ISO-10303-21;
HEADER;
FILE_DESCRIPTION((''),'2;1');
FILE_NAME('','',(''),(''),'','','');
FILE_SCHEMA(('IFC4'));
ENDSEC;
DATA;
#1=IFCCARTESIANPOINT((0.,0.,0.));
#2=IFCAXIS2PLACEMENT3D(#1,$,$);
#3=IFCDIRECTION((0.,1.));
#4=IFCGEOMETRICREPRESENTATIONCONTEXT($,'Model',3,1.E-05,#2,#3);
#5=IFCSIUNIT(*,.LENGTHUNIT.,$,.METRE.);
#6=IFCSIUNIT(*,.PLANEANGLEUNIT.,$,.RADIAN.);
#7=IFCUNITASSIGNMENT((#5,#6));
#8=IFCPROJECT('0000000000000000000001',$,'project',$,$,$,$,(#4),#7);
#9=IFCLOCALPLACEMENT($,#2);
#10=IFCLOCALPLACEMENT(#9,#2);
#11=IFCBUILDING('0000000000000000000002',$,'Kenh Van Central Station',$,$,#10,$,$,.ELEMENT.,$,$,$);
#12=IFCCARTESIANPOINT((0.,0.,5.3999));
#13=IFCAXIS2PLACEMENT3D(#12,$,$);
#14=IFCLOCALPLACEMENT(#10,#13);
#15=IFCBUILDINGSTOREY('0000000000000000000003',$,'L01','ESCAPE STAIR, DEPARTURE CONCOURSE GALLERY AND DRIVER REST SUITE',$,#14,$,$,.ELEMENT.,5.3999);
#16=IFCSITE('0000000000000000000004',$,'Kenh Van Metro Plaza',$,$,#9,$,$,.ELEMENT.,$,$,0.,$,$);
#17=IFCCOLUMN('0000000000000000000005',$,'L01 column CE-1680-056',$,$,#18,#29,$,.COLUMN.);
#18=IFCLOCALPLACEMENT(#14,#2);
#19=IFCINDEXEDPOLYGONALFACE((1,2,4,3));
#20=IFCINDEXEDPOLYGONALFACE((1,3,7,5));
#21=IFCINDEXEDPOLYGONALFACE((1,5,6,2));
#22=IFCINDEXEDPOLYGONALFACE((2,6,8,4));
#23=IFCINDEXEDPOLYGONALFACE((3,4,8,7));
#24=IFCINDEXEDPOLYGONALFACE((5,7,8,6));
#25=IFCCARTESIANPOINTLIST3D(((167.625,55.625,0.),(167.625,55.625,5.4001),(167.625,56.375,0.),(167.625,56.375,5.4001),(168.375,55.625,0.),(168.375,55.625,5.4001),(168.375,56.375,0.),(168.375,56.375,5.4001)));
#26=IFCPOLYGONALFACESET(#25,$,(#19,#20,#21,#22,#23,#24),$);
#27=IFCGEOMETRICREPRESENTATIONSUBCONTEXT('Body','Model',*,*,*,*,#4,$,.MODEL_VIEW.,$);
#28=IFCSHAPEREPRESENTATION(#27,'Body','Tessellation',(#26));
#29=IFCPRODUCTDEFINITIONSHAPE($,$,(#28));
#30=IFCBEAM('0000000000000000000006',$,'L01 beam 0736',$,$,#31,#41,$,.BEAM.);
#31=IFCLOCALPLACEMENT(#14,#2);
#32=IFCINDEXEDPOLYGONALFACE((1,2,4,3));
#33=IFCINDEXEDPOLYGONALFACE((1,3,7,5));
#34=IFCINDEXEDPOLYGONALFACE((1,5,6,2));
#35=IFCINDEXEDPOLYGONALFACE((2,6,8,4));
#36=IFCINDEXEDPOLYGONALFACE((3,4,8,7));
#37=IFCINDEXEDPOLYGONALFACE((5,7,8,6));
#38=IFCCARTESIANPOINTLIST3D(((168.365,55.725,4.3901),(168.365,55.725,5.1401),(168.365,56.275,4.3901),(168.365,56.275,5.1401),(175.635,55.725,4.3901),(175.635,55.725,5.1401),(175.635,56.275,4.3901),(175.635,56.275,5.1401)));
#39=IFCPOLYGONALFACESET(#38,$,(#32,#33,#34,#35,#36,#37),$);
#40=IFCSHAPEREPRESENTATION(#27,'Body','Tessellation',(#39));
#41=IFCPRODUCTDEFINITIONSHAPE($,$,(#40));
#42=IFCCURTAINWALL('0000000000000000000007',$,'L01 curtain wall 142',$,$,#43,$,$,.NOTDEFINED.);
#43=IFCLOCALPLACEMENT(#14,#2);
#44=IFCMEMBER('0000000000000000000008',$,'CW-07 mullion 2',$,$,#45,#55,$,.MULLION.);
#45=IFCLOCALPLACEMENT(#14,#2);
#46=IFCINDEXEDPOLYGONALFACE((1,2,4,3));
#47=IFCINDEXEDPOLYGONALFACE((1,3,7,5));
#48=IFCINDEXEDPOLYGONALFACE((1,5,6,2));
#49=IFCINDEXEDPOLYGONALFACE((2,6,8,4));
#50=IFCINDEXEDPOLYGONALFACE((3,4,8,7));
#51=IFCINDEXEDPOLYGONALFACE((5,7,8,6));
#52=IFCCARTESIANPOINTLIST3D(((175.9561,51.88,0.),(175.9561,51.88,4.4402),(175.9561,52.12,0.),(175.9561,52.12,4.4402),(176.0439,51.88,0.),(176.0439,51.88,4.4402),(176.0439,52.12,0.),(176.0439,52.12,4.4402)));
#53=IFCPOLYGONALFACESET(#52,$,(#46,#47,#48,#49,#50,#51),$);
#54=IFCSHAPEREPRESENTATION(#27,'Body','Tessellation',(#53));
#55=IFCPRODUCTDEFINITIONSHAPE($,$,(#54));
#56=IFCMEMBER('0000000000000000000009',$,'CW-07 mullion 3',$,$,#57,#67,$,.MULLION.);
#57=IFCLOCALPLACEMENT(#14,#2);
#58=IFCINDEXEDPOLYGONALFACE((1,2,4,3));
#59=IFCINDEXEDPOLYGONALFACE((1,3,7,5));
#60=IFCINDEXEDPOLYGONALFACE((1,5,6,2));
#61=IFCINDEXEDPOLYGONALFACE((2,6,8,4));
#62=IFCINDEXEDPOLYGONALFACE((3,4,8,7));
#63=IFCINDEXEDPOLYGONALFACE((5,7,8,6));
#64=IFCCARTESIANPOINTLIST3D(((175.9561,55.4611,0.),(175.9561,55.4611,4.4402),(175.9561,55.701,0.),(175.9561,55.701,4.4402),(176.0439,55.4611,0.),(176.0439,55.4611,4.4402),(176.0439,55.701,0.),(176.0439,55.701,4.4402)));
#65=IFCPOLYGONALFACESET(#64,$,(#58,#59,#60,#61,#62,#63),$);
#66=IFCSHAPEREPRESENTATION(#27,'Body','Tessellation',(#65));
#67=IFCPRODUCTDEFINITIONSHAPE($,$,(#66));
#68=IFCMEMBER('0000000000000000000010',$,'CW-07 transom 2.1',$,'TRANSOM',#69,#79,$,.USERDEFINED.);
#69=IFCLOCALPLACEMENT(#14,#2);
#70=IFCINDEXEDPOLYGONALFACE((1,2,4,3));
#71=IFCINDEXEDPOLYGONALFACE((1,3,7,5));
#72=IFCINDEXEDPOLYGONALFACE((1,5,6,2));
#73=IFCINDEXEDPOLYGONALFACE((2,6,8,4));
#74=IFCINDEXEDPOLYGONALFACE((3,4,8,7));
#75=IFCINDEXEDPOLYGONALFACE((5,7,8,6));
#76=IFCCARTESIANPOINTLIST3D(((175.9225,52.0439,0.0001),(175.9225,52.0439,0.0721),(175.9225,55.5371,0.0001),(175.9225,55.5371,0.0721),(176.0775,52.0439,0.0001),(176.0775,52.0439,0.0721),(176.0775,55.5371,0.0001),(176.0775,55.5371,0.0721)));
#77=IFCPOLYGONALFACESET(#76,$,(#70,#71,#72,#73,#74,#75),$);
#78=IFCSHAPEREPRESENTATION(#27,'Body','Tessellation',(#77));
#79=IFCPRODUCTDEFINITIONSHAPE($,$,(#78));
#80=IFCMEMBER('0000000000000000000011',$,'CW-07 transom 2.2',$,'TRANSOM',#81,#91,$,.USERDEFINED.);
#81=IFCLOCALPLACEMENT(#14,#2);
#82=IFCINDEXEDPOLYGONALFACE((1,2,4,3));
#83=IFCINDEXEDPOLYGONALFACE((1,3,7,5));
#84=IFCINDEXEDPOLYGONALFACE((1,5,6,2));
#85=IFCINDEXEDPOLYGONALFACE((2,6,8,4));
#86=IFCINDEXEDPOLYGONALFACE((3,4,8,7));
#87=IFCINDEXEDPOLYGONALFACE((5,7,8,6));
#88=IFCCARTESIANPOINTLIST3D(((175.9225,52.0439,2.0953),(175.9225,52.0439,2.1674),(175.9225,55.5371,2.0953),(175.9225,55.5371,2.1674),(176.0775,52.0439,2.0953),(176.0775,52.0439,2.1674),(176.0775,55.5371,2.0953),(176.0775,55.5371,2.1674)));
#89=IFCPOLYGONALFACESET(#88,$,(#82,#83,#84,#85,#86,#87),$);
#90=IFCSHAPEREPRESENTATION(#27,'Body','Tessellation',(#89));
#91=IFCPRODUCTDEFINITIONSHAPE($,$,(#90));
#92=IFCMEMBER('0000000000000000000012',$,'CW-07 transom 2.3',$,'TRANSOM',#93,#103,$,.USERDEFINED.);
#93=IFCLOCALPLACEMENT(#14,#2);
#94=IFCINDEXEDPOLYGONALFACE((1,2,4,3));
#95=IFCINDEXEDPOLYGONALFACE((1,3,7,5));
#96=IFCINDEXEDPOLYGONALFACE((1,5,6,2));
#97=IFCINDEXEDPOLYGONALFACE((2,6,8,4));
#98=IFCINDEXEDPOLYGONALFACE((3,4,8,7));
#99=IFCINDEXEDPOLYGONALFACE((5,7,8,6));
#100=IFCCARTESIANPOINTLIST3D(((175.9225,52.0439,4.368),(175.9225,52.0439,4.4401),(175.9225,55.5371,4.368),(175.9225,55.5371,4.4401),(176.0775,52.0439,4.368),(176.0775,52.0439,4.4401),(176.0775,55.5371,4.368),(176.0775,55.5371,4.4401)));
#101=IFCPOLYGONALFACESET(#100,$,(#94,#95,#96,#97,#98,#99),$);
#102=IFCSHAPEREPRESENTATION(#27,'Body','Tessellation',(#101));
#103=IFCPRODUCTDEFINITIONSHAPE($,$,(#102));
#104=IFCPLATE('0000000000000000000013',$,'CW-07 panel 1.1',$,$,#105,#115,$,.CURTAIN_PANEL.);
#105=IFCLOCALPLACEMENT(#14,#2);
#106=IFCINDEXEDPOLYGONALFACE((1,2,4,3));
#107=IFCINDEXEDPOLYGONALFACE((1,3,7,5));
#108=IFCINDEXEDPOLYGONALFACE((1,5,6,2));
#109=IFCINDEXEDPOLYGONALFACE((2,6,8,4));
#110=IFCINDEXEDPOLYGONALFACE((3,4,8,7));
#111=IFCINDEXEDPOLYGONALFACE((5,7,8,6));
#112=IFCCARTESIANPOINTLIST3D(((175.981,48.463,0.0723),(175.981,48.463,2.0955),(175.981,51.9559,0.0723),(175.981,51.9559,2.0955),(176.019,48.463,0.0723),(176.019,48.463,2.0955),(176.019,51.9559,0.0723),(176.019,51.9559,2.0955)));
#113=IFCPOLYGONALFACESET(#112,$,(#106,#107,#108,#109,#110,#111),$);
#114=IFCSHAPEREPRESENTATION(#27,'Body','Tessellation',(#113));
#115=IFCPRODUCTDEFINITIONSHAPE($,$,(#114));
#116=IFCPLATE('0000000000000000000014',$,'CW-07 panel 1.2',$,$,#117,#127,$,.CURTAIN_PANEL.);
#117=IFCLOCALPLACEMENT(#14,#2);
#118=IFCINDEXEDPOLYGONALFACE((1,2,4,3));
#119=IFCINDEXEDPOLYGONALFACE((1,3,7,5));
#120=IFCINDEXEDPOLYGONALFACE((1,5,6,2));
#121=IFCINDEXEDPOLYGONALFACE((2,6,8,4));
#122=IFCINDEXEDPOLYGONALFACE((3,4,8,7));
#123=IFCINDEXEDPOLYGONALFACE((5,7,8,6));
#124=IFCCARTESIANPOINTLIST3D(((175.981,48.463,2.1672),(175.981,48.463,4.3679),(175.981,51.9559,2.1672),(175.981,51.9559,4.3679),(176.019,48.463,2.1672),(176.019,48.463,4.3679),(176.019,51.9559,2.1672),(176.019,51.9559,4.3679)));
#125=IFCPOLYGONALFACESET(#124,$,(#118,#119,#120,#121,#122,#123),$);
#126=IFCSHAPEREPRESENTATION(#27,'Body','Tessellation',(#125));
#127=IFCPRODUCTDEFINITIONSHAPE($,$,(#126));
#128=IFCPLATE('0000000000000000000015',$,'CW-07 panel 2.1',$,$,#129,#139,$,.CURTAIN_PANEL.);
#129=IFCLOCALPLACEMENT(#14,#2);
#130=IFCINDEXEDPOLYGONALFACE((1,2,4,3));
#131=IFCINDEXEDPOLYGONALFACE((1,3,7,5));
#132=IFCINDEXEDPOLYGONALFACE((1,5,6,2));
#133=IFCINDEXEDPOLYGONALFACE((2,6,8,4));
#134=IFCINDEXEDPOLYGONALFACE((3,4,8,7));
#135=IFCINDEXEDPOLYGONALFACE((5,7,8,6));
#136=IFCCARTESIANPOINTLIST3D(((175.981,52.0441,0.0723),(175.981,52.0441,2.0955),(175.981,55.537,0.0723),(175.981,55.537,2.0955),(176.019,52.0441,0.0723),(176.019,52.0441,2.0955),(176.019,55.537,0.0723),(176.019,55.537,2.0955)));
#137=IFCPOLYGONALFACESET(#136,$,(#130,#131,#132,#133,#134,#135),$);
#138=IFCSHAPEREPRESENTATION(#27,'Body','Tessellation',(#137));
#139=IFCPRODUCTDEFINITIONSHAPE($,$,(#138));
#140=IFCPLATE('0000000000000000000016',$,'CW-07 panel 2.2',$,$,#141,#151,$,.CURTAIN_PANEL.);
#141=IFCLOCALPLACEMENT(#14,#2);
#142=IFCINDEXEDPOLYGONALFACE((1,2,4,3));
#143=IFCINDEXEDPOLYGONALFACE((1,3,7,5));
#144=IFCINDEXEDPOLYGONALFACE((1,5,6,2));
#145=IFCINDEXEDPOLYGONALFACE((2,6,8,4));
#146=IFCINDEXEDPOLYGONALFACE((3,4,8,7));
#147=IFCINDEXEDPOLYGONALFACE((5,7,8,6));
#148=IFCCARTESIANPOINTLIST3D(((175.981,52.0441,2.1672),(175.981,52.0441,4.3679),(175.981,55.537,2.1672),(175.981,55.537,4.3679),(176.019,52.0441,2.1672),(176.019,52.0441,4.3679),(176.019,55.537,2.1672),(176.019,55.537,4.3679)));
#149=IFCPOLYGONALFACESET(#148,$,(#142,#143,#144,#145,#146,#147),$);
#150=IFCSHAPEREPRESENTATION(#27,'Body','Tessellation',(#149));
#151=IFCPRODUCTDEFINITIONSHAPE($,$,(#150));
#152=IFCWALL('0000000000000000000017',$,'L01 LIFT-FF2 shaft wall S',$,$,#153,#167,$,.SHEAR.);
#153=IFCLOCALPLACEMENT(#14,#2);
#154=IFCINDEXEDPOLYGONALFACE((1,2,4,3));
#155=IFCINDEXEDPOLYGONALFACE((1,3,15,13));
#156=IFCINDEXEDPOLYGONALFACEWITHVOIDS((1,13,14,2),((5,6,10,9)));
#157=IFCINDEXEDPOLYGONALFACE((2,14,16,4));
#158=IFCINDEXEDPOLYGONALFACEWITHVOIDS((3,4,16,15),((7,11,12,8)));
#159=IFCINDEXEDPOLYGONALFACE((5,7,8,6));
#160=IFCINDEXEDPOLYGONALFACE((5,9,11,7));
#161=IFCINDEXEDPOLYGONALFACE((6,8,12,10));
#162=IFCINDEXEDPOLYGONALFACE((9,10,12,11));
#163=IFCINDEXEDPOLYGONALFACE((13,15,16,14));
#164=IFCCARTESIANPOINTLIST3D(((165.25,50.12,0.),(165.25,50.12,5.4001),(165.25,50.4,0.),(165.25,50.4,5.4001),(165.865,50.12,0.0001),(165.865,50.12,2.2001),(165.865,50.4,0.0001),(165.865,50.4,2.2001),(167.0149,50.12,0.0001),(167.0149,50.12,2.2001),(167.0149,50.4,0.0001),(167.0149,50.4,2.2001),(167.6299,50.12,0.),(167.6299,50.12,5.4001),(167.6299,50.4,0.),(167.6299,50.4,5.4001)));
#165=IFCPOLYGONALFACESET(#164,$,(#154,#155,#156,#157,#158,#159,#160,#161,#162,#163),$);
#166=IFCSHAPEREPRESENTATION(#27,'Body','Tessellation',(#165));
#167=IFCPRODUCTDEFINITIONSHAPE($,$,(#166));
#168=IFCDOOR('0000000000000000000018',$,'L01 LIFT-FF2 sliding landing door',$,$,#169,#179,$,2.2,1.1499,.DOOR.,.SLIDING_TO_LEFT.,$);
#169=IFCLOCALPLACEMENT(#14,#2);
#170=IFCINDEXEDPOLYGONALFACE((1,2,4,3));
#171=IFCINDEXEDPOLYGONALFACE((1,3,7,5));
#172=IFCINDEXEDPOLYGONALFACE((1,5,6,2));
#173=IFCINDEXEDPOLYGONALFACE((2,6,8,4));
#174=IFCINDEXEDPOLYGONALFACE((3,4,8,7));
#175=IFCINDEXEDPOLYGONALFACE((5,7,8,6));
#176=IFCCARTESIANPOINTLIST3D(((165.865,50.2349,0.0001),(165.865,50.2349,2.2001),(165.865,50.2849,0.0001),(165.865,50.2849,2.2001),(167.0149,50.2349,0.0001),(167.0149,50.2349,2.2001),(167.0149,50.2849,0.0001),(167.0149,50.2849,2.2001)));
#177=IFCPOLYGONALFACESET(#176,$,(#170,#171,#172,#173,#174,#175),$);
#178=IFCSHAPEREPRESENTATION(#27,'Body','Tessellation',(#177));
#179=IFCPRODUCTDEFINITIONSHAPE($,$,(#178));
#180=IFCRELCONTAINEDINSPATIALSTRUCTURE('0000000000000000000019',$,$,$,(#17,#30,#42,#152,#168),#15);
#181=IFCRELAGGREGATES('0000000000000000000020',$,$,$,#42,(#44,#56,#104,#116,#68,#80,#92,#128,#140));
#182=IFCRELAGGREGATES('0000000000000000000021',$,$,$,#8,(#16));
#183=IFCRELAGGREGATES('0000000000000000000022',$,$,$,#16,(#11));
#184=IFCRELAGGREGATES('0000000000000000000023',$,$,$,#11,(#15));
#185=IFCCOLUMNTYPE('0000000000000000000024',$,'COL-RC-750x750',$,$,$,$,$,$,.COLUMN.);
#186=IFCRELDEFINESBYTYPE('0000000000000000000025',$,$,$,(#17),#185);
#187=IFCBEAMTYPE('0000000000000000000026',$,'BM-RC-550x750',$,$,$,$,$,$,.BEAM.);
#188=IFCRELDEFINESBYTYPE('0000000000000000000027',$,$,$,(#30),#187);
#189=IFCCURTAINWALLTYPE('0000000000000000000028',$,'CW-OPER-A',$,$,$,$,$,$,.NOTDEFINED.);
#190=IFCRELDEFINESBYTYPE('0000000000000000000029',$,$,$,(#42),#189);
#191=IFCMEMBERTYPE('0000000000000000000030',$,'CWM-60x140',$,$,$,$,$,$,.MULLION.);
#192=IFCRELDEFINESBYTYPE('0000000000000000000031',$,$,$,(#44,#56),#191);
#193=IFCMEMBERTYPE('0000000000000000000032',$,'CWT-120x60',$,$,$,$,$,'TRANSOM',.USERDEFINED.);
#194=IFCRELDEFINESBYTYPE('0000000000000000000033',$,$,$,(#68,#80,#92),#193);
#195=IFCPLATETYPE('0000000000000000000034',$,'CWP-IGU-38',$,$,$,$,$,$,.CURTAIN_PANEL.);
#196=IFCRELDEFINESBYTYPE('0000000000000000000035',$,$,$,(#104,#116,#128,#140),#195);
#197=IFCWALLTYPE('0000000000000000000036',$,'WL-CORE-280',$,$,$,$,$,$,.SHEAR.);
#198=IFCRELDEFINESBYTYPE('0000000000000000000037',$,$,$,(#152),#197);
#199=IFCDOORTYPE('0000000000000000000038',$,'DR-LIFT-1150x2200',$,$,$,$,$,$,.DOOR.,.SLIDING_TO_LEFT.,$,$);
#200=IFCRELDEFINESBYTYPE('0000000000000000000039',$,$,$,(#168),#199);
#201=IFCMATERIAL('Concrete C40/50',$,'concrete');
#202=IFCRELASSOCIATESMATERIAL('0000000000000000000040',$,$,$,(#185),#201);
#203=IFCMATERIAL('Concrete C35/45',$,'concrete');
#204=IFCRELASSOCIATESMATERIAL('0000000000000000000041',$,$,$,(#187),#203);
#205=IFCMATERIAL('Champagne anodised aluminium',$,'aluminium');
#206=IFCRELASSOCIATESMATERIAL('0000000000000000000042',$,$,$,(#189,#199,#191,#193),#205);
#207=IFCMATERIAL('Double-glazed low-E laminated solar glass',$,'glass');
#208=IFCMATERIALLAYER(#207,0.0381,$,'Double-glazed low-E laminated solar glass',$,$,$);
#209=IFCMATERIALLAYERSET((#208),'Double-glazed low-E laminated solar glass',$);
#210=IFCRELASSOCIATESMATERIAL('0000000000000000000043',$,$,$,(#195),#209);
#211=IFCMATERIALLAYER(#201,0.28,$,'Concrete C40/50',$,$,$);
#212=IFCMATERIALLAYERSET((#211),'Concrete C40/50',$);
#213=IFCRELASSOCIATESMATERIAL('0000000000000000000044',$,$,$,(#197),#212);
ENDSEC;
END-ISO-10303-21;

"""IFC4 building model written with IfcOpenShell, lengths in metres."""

from ifc_helpers import new_model, si_unit, direction, frame, frame_2d, origin, origin_2d, place, context, subcontext, project, spatial, rectangle, extrude, material, layer, layer_set, material_profile, profile_set, type_object, element, fill, aggregate, save


model = new_model("IFC4")

# Units and contexts
model_context = context("Model", 3, precision=1e-05, world=origin(), true_north=direction((0.0, 1.0)))
body_context = subcontext(model_context, "Body", "Model", "MODEL_VIEW")
ifc_project = project(units=[si_unit("LENGTHUNIT", "METRE"), si_unit("PLANEANGLEUNIT", "RADIAN")], contexts=[model_context])

# Site, building, storey
site_placement = place(None, origin())
site = spatial("IfcSite", under=ifc_project, at=site_placement, Name="Kenh Van Metro Plaza", CompositionType="ELEMENT", RefElevation=0.0)
building_placement = place(site_placement, origin())
building = spatial("IfcBuilding", under=site, at=building_placement, Name="Kenh Van Central Station", CompositionType="ELEMENT")
storey_placement = place(building_placement, frame((0.0, 0.0, 5.3999)))
storey = spatial("IfcBuildingStorey", under=building, at=storey_placement, Name="L01", Description="ESCAPE STAIR, DEPARTURE CONCOURSE GALLERY AND DRIVER REST SUITE", CompositionType="ELEMENT", Elevation=5.3999)

# Column
ifc_material_1 = material(Name="Concrete C40/50", Category="concrete")
ifc_material_profile_1 = material_profile(ifc_material_1, rectangle(XDim=0.75, YDim=0.75, at=origin_2d()), Name="RC 750x750")
ifc_profile_set_1 = profile_set([ifc_material_profile_1], Name="Concrete C40/50")
column_type = type_object("IfcColumnType", Name="COL-RC-750x750", PredefinedType="COLUMN", material=ifc_profile_set_1)
column_placement = place(storey_placement, frame((168.0, 56.0, 0.0), z_axis=(0.0, 0.0, 1.0), x_axis=(1.0, 0.0, 0.0)))
element("IfcColumn", 1, at=column_placement, inside=storey, type_object=column_type, Name="L01 column CE-1680-056", PredefinedType="COLUMN", context=body_context, shape_type="SweptSolid", body=[
    extrude(rectangle(XDim=0.75, YDim=0.75, at=origin_2d()), origin(), (0.0, 0.0, 1.0), 5.4001),
])

# Beam
ifc_material_2 = material(Name="Concrete C35/45", Category="concrete")
ifc_material_profile_2 = material_profile(ifc_material_2, rectangle(XDim=0.55, YDim=0.75, at=origin_2d()), Name="RC 550x750")
ifc_profile_set_2 = profile_set([ifc_material_profile_2], Name="Concrete C35/45")
beam_type = type_object("IfcBeamType", Name="BM-RC-550x750", PredefinedType="BEAM", material=ifc_profile_set_2)
beam_placement = place(storey_placement, frame((168.365, 56.0, 4.7651), z_axis=(1.0, 0.0, 0.0), x_axis=(0.0, 1.0, 0.0)))
element("IfcBeam", 2, at=beam_placement, inside=storey, type_object=beam_type, Name="L01 beam 0736", PredefinedType="BEAM", context=body_context, shape_type="SweptSolid", body=[
    extrude(rectangle(XDim=0.55, YDim=0.75, at=origin_2d()), origin(), (0.0, 0.0, 1.0), 7.27),
])

# Curtain wall, members, plates
ifc_material_3 = material(Name="Champagne anodised aluminium", Category="aluminium")
curtain_wall_type = type_object("IfcCurtainWallType", Name="CW-OPER-A", PredefinedType="NOTDEFINED", material=ifc_material_3)
curtain_wall_placement = place(storey_placement, origin())
curtain_wall = element("IfcCurtainWall", 3, at=curtain_wall_placement, inside=storey, type_object=curtain_wall_type, Name="L01 curtain wall 142", PredefinedType="NOTDEFINED")
ifc_material_profile_3 = material_profile(ifc_material_3, rectangle(XDim=0.0879, YDim=0.24, at=origin_2d()), Name="AL 88x240")
ifc_profile_set_3 = profile_set([ifc_material_profile_3], Name="Champagne anodised aluminium")
member_type_1 = type_object("IfcMemberType", Name="CWM-60x140", PredefinedType="MULLION", material=ifc_profile_set_3)
member_1_placement = place(storey_placement, frame((176.0, 52.0, 0.0), z_axis=(0.0, 0.0, 1.0), x_axis=(-1.0, 0.0, 0.0)))
member_1 = element("IfcMember", 4, at=member_1_placement, type_object=member_type_1, Name="CW-07 mullion 2", PredefinedType="MULLION", context=body_context, shape_type="SweptSolid", body=[
    extrude(rectangle(XDim=0.0879, YDim=0.24, at=origin_2d()), origin(), (0.0, 0.0, 1.0), 4.4402),
])
member_2_placement = place(storey_placement, frame((176.0, 55.5811, 0.0), z_axis=(0.0, 0.0, 1.0), x_axis=(-1.0, 0.0, 0.0)))
member_2 = element("IfcMember", 5, at=member_2_placement, type_object=member_type_1, Name="CW-07 mullion 3", PredefinedType="MULLION", context=body_context, shape_type="SweptSolid", body=[
    extrude(rectangle(XDim=0.0879, YDim=0.24, at=origin_2d()), origin(), (0.0, 0.0, 1.0), 4.4402),
])
ifc_material_profile_4 = material_profile(ifc_material_3, rectangle(XDim=0.155, YDim=0.072, at=origin_2d()), Name="AL 155x72")
ifc_profile_set_4 = profile_set([ifc_material_profile_4], Name="Champagne anodised aluminium")
member_type_2 = type_object("IfcMemberType", Name="CWT-120x60", ElementType="TRANSOM", PredefinedType="USERDEFINED", material=ifc_profile_set_4)
member_3_placement = place(storey_placement, frame((176.0, 52.0439, 0.0361), z_axis=(0.0, 1.0, 0.0), x_axis=(-1.0, 0.0, 0.0)))
member_3 = element("IfcMember", 6, at=member_3_placement, type_object=member_type_2, Name="CW-07 transom 2.1", ObjectType="TRANSOM", PredefinedType="USERDEFINED", context=body_context, shape_type="SweptSolid", body=[
    extrude(rectangle(XDim=0.155, YDim=0.072, at=origin_2d()), origin(), (0.0, 0.0, 1.0), 3.4932),
])
member_4_placement = place(storey_placement, frame((176.0, 52.0439, 2.1313), z_axis=(0.0, 1.0, 0.0), x_axis=(-1.0, 0.0, 0.0)))
member_4 = element("IfcMember", 7, at=member_4_placement, type_object=member_type_2, Name="CW-07 transom 2.2", ObjectType="TRANSOM", PredefinedType="USERDEFINED", context=body_context, shape_type="SweptSolid", body=[
    extrude(rectangle(XDim=0.155, YDim=0.072, at=origin_2d()), origin(), (0.0, 0.0, 1.0), 3.4932),
])
member_5_placement = place(storey_placement, frame((176.0, 52.0439, 4.4041), z_axis=(0.0, 1.0, 0.0), x_axis=(-1.0, 0.0, 0.0)))
member_5 = element("IfcMember", 8, at=member_5_placement, type_object=member_type_2, Name="CW-07 transom 2.3", ObjectType="TRANSOM", PredefinedType="USERDEFINED", context=body_context, shape_type="SweptSolid", body=[
    extrude(rectangle(XDim=0.155, YDim=0.072, at=origin_2d()), origin(), (0.0, 0.0, 1.0), 3.4932),
])
ifc_material_4 = material(Name="Double-glazed low-E laminated solar glass", Category="glass")
ifc_layer_1 = layer(ifc_material_4, 0.0381, Name="Double-glazed low-E laminated solar glass")
ifc_layer_set_1 = layer_set([ifc_layer_1], Name="Double-glazed low-E laminated solar glass")
plate_type = type_object("IfcPlateType", Name="CWP-IGU-38", PredefinedType="CURTAIN_PANEL", material=ifc_layer_set_1)
plate_1_placement = place(storey_placement, frame((176.0, 50.2095, 0.0723), z_axis=(0.0, 0.0, 1.0), x_axis=(0.0, 1.0, 0.0)))
plate_1 = element("IfcPlate", 9, at=plate_1_placement, type_object=plate_type, Name="CW-07 panel 1.1", PredefinedType="CURTAIN_PANEL", context=body_context, shape_type="SweptSolid", body=[
    extrude(rectangle(XDim=3.4929, YDim=0.0381, at=origin_2d()), origin(), (0.0, 0.0, 1.0), 2.0232),
])
plate_2_placement = place(storey_placement, frame((176.0, 50.2095, 2.1672), z_axis=(0.0, 0.0, 1.0), x_axis=(0.0, 1.0, 0.0)))
plate_2 = element("IfcPlate", 10, at=plate_2_placement, type_object=plate_type, Name="CW-07 panel 1.2", PredefinedType="CURTAIN_PANEL", context=body_context, shape_type="SweptSolid", body=[
    extrude(rectangle(XDim=3.4929, YDim=0.0381, at=origin_2d()), origin(), (0.0, 0.0, 1.0), 2.2007),
])
plate_3_placement = place(storey_placement, frame((176.0, 53.7905, 0.0723), z_axis=(0.0, 0.0, 1.0), x_axis=(0.0, 1.0, 0.0)))
plate_3 = element("IfcPlate", 11, at=plate_3_placement, type_object=plate_type, Name="CW-07 panel 2.1", PredefinedType="CURTAIN_PANEL", context=body_context, shape_type="SweptSolid", body=[
    extrude(rectangle(XDim=3.4929, YDim=0.0381, at=origin_2d()), origin(), (0.0, 0.0, 1.0), 2.0232),
])
plate_4_placement = place(storey_placement, frame((176.0, 53.7905, 2.1672), z_axis=(0.0, 0.0, 1.0), x_axis=(0.0, 1.0, 0.0)))
plate_4 = element("IfcPlate", 12, at=plate_4_placement, type_object=plate_type, Name="CW-07 panel 2.2", PredefinedType="CURTAIN_PANEL", context=body_context, shape_type="SweptSolid", body=[
    extrude(rectangle(XDim=3.4929, YDim=0.0381, at=origin_2d()), origin(), (0.0, 0.0, 1.0), 2.2007),
])
aggregate(curtain_wall, [member_1, member_2, plate_1, plate_2, member_3, member_4, member_5, plate_3, plate_4])

# Wall, opening, door
ifc_layer_2 = layer(ifc_material_1, 0.28, Name="Concrete C40/50")
ifc_layer_set_2 = layer_set([ifc_layer_2], Name="Concrete C40/50")
wall_type_1 = type_object("IfcWallType", Name="WL-CORE-280", PredefinedType="SHEAR", material=ifc_layer_set_2)
wall_1_placement = place(storey_placement, frame((165.25, 50.26, 0.0), z_axis=(0.0, 0.0, 1.0), x_axis=(1.0, 0.0, 0.0)))
wall_1 = element("IfcWall", 13, at=wall_1_placement, inside=storey, type_object=wall_type_1, Name="L01 LIFT-FF2 shaft wall S", PredefinedType="SHEAR", context=body_context, shape_type="SweptSolid", body=[
    extrude(rectangle(XDim=2.3799, YDim=0.28, at=frame_2d((1.1899, 0.0))), origin(), (0.0, 0.0, 1.0), 5.4001),
])
opening_1_placement = place(wall_1_placement, frame((0.615, 0.0, 0.0)))
opening_1 = element("IfcOpeningElement", 14, at=opening_1_placement, cuts=wall_1, PredefinedType="OPENING", context=body_context, shape_type="SweptSolid", body=[
    extrude(rectangle(XDim=1.1499, YDim=2.2, at=frame_2d((0.575, 1.1001))), frame((0.0, 0.1499, 0.0), z_axis=(0.0, -1.0, 0.0), x_axis=(1.0, 0.0, 0.0)), (0.0, 0.0, 1.0), 0.3),
])
door_type_1 = type_object("IfcDoorType", Name="DR-LIFT-1150x2200", OperationType="SLIDING_TO_LEFT", PredefinedType="DOOR", material=ifc_material_3)
door_1_placement = place(opening_1_placement, origin())
door_1 = element("IfcDoor", 15, at=door_1_placement, inside=storey, type_object=door_type_1, Name="L01 LIFT-FF2 sliding landing door", OperationType="SLIDING_TO_LEFT", OverallHeight=2.2, OverallWidth=1.1499, PredefinedType="DOOR", context=body_context, shape_type="SweptSolid", body=[
    extrude(rectangle(XDim=1.1499, YDim=2.2, at=frame_2d((0.575, 1.1001))), frame((0.0, 0.0249, 0.0), z_axis=(0.0, -1.0, 0.0), x_axis=(1.0, 0.0, 0.0)), (0.0, 0.0, 1.0), 0.05),
])
fill(opening_1, door_1)

save(model, "model.ifc")
